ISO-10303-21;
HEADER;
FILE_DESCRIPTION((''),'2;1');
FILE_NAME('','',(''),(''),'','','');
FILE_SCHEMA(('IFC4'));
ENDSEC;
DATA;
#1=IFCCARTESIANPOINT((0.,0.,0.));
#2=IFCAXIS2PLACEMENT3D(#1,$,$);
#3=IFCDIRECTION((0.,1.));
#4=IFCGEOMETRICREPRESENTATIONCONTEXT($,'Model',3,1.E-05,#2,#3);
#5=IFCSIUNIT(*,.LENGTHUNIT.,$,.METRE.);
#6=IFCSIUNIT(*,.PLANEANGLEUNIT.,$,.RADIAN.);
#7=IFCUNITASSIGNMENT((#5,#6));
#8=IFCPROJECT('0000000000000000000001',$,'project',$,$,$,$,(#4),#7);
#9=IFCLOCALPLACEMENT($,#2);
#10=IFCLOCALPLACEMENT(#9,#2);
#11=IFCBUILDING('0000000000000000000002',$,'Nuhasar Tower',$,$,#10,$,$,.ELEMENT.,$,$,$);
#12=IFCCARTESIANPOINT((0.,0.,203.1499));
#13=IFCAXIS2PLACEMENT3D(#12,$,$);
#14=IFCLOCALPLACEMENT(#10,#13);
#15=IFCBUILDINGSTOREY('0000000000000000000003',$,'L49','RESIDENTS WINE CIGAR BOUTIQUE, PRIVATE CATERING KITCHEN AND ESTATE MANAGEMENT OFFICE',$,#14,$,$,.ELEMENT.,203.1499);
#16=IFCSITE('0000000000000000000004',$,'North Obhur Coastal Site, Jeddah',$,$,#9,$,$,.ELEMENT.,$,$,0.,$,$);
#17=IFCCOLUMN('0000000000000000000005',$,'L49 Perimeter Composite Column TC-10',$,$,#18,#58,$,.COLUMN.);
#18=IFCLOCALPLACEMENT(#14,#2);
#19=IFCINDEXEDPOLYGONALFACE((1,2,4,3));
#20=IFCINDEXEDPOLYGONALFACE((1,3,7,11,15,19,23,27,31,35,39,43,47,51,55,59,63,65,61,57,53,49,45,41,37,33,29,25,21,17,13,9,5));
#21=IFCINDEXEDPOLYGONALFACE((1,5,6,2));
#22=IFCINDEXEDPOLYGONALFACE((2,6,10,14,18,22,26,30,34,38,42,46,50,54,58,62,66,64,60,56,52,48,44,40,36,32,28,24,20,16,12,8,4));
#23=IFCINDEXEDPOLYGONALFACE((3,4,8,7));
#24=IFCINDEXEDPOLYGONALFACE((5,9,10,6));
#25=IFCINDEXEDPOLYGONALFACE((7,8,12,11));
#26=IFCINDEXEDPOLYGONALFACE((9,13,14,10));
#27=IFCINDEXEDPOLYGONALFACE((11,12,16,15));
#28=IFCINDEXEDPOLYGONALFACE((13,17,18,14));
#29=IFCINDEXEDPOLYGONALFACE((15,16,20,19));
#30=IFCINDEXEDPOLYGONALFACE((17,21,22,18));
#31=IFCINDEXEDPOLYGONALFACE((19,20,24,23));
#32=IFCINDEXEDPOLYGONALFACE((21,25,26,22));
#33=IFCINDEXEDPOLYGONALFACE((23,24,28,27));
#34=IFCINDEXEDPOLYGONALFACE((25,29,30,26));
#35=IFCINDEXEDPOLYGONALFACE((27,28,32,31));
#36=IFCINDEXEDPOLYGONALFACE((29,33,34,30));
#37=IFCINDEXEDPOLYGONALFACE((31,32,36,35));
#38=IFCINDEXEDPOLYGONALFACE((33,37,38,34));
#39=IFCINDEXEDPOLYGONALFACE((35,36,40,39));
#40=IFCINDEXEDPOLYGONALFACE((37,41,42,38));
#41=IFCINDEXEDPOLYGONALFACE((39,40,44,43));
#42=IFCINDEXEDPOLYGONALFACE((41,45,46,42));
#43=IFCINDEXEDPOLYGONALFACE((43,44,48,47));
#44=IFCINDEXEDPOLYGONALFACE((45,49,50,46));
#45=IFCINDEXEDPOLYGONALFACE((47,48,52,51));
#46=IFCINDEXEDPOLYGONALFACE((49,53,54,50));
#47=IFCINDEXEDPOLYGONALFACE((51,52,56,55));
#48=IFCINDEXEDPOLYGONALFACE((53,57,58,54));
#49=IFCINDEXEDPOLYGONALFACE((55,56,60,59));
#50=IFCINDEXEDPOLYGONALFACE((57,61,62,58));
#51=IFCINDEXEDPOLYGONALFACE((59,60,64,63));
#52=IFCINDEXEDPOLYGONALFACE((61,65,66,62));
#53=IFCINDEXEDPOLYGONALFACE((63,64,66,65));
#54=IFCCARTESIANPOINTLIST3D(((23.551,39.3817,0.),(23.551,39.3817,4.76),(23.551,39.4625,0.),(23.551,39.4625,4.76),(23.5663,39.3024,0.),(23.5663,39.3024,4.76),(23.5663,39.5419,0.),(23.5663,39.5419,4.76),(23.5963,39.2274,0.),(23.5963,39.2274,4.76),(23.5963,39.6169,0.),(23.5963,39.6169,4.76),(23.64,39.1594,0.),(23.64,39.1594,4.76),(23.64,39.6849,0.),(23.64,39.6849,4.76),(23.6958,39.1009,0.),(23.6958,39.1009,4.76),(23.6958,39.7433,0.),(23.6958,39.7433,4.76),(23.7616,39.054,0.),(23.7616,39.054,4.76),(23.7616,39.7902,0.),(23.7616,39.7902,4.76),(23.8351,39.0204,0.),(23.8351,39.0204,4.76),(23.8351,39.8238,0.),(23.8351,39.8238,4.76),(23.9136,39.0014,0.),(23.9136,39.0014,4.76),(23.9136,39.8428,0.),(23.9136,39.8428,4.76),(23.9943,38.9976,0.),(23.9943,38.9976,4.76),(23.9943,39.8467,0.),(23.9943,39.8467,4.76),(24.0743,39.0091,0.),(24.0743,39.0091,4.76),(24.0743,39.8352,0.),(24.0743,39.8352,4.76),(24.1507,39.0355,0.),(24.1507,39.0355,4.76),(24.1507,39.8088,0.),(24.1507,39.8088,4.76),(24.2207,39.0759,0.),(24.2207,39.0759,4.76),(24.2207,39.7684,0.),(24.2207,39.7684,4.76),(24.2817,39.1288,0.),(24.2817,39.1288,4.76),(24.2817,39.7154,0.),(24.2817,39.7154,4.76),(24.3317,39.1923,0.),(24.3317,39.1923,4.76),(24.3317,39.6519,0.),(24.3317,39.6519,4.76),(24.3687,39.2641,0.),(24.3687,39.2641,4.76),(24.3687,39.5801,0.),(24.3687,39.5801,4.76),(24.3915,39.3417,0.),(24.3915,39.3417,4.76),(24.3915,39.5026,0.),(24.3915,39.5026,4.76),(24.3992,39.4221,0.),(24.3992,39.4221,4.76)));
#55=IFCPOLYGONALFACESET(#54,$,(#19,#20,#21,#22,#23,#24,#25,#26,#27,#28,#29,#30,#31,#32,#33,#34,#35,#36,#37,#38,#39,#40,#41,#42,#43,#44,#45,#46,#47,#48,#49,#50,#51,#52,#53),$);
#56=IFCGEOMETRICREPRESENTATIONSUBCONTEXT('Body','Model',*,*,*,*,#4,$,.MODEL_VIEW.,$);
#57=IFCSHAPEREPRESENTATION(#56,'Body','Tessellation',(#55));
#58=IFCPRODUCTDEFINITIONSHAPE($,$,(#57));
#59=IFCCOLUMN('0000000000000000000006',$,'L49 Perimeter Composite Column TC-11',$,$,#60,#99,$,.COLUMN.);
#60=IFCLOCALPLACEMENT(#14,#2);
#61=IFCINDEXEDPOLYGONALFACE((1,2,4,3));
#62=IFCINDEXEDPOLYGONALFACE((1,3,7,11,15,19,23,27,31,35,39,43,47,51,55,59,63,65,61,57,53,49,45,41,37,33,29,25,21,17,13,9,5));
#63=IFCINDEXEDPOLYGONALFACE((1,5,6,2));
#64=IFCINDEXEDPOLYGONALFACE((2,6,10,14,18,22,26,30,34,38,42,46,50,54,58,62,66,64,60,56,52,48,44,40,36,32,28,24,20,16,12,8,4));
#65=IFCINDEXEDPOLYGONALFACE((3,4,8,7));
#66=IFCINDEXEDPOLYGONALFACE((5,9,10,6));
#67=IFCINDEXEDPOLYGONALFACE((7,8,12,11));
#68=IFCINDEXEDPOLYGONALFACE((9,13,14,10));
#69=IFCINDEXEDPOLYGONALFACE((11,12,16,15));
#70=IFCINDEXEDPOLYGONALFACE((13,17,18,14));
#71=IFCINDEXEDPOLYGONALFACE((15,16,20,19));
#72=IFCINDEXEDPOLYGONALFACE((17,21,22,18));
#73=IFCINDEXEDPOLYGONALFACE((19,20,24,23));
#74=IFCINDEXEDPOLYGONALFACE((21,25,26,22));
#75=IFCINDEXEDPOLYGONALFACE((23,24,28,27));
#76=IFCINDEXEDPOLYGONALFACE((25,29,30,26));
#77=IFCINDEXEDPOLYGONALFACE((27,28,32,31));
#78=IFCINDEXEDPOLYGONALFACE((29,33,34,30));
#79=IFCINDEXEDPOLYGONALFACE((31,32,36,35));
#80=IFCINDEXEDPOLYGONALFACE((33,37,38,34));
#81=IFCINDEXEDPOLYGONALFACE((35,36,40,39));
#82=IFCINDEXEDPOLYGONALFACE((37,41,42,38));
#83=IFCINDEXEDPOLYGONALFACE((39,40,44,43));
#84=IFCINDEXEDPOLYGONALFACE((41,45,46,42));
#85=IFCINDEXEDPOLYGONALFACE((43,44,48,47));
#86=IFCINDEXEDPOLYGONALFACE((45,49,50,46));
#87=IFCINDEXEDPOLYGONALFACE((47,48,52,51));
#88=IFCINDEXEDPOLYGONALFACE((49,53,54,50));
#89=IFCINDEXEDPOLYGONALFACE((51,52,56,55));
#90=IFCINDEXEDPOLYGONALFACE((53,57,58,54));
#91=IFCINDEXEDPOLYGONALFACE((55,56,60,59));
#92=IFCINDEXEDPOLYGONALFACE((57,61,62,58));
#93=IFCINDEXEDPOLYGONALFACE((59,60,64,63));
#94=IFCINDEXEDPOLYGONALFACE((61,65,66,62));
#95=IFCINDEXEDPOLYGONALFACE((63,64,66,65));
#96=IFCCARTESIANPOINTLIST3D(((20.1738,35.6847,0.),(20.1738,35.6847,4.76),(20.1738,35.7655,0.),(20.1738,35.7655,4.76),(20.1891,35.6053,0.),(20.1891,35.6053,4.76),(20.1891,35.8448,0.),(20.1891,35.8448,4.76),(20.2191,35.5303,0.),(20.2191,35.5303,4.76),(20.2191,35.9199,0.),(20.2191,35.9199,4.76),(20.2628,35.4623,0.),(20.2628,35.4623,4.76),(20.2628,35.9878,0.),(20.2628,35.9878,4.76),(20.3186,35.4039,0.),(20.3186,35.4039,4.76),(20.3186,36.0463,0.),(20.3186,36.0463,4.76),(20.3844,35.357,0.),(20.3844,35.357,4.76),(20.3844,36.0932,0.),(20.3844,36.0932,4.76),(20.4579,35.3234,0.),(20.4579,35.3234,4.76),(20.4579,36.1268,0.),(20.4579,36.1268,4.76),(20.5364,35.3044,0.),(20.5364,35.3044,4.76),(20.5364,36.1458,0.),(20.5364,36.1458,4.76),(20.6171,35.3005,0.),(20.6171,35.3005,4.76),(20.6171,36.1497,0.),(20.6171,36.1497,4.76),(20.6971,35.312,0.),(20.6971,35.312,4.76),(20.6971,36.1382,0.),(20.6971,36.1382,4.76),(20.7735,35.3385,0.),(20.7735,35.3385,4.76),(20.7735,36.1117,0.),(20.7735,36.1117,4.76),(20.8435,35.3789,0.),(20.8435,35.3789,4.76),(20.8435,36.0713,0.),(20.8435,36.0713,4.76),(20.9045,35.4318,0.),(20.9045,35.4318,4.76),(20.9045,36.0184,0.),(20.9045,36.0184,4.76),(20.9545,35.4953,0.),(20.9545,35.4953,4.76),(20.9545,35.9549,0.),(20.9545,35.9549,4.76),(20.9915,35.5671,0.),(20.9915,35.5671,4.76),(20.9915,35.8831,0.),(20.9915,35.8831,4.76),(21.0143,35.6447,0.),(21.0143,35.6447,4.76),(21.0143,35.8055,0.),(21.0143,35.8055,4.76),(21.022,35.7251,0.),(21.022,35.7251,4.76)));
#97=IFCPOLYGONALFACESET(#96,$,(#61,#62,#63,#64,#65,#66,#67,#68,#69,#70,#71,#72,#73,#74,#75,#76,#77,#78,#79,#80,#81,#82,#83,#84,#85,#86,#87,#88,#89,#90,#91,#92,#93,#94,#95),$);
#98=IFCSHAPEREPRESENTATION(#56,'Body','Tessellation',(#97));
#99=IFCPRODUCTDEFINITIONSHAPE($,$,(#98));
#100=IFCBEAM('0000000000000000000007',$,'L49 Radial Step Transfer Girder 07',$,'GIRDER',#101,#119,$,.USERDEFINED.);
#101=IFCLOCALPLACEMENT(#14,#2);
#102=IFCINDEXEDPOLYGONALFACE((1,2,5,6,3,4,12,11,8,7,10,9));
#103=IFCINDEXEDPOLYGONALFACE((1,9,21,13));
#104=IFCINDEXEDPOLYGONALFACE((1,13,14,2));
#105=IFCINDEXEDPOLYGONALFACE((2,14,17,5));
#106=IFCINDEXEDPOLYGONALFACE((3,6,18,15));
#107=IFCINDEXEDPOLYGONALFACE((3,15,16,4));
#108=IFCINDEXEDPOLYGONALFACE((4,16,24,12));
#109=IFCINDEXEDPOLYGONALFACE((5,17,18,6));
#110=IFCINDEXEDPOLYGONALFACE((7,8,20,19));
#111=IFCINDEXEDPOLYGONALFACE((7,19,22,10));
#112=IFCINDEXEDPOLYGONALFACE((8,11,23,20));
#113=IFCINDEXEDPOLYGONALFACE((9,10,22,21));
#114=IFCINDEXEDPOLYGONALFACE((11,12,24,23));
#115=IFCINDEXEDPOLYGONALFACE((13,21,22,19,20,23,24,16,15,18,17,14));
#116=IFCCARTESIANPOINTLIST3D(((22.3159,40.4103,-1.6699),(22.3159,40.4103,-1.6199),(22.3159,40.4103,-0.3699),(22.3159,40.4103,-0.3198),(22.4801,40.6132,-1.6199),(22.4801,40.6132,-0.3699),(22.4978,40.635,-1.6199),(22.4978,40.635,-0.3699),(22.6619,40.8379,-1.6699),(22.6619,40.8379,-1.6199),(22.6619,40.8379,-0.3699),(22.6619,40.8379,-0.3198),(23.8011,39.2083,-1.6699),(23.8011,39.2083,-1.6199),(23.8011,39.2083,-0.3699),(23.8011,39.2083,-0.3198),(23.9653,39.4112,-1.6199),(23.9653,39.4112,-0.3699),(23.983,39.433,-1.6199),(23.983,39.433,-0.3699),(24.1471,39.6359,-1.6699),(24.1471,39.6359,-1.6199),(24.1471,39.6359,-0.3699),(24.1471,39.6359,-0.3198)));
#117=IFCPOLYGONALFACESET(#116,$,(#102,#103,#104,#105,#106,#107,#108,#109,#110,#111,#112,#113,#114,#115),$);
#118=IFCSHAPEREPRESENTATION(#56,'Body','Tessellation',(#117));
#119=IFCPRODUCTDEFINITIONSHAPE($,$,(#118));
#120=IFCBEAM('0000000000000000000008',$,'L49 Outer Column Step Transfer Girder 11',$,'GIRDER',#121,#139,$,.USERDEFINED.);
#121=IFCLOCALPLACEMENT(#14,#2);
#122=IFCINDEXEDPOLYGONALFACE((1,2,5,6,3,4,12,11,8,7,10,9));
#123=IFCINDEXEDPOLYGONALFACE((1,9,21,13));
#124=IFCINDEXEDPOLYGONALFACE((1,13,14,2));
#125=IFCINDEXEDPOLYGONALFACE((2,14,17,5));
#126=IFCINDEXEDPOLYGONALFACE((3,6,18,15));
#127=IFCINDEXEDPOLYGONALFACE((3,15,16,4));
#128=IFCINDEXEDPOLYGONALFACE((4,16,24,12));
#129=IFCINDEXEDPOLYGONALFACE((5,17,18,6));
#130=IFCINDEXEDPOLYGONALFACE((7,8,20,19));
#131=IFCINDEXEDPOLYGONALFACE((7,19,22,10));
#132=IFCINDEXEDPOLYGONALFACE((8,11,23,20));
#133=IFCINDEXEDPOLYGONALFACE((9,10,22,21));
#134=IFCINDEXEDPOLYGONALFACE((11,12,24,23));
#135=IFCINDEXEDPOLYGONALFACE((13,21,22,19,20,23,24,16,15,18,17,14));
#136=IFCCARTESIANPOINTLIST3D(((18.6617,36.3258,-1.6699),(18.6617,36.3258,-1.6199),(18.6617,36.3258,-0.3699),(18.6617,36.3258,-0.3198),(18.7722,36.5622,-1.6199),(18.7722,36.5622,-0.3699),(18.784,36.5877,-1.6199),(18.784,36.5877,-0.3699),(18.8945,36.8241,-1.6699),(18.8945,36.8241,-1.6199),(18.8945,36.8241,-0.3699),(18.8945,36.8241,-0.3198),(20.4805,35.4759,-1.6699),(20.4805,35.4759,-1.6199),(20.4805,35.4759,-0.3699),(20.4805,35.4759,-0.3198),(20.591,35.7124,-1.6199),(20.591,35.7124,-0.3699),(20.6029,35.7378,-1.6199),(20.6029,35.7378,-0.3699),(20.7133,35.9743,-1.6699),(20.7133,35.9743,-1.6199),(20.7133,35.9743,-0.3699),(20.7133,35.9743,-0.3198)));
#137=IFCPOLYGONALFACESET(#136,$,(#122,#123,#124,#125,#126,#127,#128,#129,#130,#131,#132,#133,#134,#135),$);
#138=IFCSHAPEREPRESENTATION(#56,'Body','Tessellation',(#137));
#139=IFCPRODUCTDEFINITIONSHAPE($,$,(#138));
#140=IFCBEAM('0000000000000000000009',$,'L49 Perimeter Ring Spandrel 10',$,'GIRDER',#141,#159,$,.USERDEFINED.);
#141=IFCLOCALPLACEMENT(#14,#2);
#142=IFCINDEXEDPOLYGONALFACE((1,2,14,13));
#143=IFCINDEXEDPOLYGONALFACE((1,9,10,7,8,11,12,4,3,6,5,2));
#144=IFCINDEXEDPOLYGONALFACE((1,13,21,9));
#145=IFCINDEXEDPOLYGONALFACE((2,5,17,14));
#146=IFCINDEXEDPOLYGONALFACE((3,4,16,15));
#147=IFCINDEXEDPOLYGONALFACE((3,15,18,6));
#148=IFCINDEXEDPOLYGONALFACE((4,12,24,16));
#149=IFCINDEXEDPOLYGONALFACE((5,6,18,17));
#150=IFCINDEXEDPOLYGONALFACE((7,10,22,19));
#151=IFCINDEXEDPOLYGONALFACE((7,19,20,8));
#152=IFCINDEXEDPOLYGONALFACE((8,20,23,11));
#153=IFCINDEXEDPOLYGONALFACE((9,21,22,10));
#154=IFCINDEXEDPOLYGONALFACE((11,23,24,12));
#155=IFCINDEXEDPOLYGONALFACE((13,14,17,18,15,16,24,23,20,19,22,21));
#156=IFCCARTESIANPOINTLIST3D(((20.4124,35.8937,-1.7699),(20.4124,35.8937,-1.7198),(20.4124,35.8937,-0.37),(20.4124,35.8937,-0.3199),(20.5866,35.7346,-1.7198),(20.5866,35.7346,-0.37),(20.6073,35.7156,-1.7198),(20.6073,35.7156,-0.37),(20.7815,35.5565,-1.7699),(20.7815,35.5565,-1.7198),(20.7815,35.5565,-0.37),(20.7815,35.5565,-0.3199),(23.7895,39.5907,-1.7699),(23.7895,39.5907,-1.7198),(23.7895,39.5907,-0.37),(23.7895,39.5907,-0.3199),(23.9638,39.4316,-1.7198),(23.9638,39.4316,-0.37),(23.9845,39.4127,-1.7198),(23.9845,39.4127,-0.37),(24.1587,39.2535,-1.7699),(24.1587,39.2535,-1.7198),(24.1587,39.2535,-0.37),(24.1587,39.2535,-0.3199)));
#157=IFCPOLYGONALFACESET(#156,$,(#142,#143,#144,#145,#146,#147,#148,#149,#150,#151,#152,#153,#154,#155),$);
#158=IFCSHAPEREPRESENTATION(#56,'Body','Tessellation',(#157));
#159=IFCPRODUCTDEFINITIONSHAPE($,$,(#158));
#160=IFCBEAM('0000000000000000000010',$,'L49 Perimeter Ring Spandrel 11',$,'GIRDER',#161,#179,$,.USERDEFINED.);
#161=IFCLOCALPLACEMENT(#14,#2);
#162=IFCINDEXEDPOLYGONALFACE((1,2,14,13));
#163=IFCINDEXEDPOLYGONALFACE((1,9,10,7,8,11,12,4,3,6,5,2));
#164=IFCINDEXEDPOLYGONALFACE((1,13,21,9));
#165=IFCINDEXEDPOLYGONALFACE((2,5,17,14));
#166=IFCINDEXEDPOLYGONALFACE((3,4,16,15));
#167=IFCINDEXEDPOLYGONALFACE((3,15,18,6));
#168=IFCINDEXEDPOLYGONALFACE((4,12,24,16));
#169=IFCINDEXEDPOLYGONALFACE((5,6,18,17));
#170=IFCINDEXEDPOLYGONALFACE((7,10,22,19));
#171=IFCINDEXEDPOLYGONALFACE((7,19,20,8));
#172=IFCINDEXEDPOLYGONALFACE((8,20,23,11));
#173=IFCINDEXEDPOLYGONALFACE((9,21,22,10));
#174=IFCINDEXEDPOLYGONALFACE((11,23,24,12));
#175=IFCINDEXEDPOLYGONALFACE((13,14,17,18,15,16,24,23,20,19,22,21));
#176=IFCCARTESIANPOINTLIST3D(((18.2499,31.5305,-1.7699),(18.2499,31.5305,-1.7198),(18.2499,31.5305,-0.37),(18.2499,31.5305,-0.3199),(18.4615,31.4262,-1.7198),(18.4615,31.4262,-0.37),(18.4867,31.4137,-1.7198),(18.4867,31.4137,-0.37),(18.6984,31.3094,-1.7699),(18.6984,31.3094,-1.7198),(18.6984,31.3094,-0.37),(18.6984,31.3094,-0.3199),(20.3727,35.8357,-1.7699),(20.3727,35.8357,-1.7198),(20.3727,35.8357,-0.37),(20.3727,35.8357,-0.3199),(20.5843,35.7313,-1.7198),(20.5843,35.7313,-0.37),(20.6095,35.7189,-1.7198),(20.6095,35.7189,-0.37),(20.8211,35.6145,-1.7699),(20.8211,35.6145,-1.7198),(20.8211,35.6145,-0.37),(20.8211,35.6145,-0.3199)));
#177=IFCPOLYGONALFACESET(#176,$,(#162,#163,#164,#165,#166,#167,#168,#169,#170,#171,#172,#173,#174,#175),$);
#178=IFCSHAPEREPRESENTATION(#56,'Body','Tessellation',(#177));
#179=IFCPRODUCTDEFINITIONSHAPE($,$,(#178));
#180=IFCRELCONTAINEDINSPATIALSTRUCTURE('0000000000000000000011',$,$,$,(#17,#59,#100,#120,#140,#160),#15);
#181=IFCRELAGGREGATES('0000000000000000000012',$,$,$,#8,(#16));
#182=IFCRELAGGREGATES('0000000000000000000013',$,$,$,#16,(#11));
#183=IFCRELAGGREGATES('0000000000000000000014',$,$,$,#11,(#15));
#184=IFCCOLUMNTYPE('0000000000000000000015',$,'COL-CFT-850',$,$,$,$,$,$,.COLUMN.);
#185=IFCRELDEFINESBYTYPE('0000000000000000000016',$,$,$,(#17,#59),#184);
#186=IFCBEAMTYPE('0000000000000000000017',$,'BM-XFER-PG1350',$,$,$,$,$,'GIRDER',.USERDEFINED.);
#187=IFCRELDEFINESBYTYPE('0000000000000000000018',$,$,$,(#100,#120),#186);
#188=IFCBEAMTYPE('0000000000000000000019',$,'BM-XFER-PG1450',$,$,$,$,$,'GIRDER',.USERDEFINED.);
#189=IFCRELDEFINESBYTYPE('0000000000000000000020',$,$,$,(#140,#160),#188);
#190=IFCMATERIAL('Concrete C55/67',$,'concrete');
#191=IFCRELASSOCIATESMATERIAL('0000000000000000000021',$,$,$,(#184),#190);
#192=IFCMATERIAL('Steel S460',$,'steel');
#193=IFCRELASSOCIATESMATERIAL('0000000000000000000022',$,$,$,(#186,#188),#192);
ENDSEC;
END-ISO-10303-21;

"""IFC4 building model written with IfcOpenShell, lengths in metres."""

from ifc_helpers import new_model, si_unit, direction, frame, origin, origin_2d, place, context, subcontext, project, spatial, circle, i_section, extrude, material, material_profile, profile_set, type_object, element, save


model = new_model("IFC4")

# Units and contexts
model_context = context("Model", 3, precision=1e-05, world=origin(), true_north=direction((0.0, 1.0)))
body_context = subcontext(model_context, "Body", "Model", "MODEL_VIEW")
ifc_project = project(units=[si_unit("LENGTHUNIT", "METRE"), si_unit("PLANEANGLEUNIT", "RADIAN")], contexts=[model_context])

# Site, building, storey
site_placement = place(None, origin())
site = spatial("IfcSite", under=ifc_project, at=site_placement, Name="North Obhur Coastal Site, Jeddah", CompositionType="ELEMENT", RefElevation=0.0)
building_placement = place(site_placement, origin())
building = spatial("IfcBuilding", under=site, at=building_placement, Name="Nuhasar Tower", CompositionType="ELEMENT")
storey_placement = place(building_placement, frame((0.0, 0.0, 203.1499)))
storey = spatial("IfcBuildingStorey", under=building, at=storey_placement, Name="L49", Description="RESIDENTS WINE CIGAR BOUTIQUE, PRIVATE CATERING KITCHEN AND ESTATE MANAGEMENT OFFICE", CompositionType="ELEMENT", Elevation=203.1499)

# Columns
ifc_material_1 = material(Name="Concrete C55/67", Category="concrete")
ifc_material_profile_1 = material_profile(ifc_material_1, circle(Radius=0.425, at=origin_2d()), Name="CFT850")
ifc_profile_set_1 = profile_set([ifc_material_profile_1], Name="Concrete C55/67")
column_type = type_object("IfcColumnType", Name="COL-CFT-850", PredefinedType="COLUMN", material=ifc_profile_set_1)
for number, where, z_axis, x_axis, name in (
    (1, (23.9741, 39.4221, 0.0), (0.0, 0.0, 1.0), (1.0, 0.0, 0.0), "L49 Perimeter Composite Column TC-10"),
    (2, (20.5969, 35.7251, 0.0), (0.0, 0.0, 1.0), (1.0, 0.0, 0.0), "L49 Perimeter Composite Column TC-11"),
):
    element("IfcColumn", number, at=place(storey_placement, frame(where, z_axis=z_axis, x_axis=x_axis)), inside=storey, type_object=column_type, Name=name, PredefinedType="COLUMN", context=body_context, shape_type="SweptSolid", body=[
        extrude(circle(Radius=0.425, at=origin_2d()), origin(), (0.0, 0.0, 1.0), 4.76),
    ])

# Beams
ifc_material_2 = material(Name="Steel S460", Category="steel")
ifc_material_profile_2 = material_profile(ifc_material_2, i_section(OverallWidth=0.55, OverallDepth=1.3501, WebThickness=0.0281, FlangeThickness=0.05, at=origin_2d()), Name="PG1350X550")
ifc_profile_set_2 = profile_set([ifc_material_profile_2], Name="Steel S460")
beam_type_1 = type_object("IfcBeamType", Name="BM-XFER-PG1350", ElementType="GIRDER", PredefinedType="USERDEFINED", material=ifc_profile_set_2)
beam_1_placement = place(storey_placement, frame((23.9741, 39.4221, -0.9949), z_axis=(-0.777328, 0.629095, 0.0), x_axis=(-0.629095, -0.777328, 0.0)))
element("IfcBeam", 3, at=beam_1_placement, inside=storey, type_object=beam_type_1, Name="L49 Radial Step Transfer Girder 07", ObjectType="GIRDER", PredefinedType="USERDEFINED", context=body_context, shape_type="SweptSolid", body=[
    extrude(i_section(OverallWidth=0.55, OverallDepth=1.3501, WebThickness=0.0281, FlangeThickness=0.05, at=origin_2d()), origin(), (0.0, 0.0, 1.0), 1.9106),
])
beam_2_placement = place(storey_placement, frame((20.5969, 35.7251, -0.9949), z_axis=(-0.905981, 0.423318, 0.0), x_axis=(-0.423318, -0.905981, 0.0)))
element("IfcBeam", 4, at=beam_2_placement, inside=storey, type_object=beam_type_1, Name="L49 Outer Column Step Transfer Girder 11", ObjectType="GIRDER", PredefinedType="USERDEFINED", context=body_context, shape_type="SweptSolid", body=[
    extrude(i_section(OverallWidth=0.55, OverallDepth=1.3501, WebThickness=0.0281, FlangeThickness=0.05, at=origin_2d()), origin(), (0.0, 0.0, 1.0), 2.0076),
])
ifc_material_profile_3 = material_profile(ifc_material_2, i_section(OverallWidth=0.5, OverallDepth=1.45, WebThickness=0.0281, FlangeThickness=0.05, at=origin_2d()), Name="PG1450X500")
ifc_profile_set_3 = profile_set([ifc_material_profile_3], Name="Steel S460")
beam_type_2 = type_object("IfcBeamType", Name="BM-XFER-PG1450", ElementType="GIRDER", PredefinedType="USERDEFINED", material=ifc_profile_set_3)
beam_3_placement = place(storey_placement, frame((23.9741, 39.4221, -1.0449), z_axis=(-0.67445, -0.738321, 0.0), x_axis=(0.738321, -0.67445, 0.0)))
element("IfcBeam", 5, at=beam_3_placement, inside=storey, type_object=beam_type_2, Name="L49 Perimeter Ring Spandrel 10", ObjectType="GIRDER", PredefinedType="USERDEFINED", context=body_context, shape_type="SweptSolid", body=[
    extrude(i_section(OverallWidth=0.5, OverallDepth=1.45, WebThickness=0.0281, FlangeThickness=0.05, at=origin_2d()), origin(), (0.0, 0.0, 1.0), 5.0073),
])
beam_4_placement = place(storey_placement, frame((20.5969, 35.7251, -1.0449), z_axis=(-0.442243, -0.896895, 0.0), x_axis=(0.896895, -0.442243, 0.0)))
element("IfcBeam", 6, at=beam_4_placement, inside=storey, type_object=beam_type_2, Name="L49 Perimeter Ring Spandrel 11", ObjectType="GIRDER", PredefinedType="USERDEFINED", context=body_context, shape_type="SweptSolid", body=[
    extrude(i_section(OverallWidth=0.5, OverallDepth=1.45, WebThickness=0.0281, FlangeThickness=0.05, at=origin_2d()), origin(), (0.0, 0.0, 1.0), 4.8),
])

save(model, "model.ifc")
